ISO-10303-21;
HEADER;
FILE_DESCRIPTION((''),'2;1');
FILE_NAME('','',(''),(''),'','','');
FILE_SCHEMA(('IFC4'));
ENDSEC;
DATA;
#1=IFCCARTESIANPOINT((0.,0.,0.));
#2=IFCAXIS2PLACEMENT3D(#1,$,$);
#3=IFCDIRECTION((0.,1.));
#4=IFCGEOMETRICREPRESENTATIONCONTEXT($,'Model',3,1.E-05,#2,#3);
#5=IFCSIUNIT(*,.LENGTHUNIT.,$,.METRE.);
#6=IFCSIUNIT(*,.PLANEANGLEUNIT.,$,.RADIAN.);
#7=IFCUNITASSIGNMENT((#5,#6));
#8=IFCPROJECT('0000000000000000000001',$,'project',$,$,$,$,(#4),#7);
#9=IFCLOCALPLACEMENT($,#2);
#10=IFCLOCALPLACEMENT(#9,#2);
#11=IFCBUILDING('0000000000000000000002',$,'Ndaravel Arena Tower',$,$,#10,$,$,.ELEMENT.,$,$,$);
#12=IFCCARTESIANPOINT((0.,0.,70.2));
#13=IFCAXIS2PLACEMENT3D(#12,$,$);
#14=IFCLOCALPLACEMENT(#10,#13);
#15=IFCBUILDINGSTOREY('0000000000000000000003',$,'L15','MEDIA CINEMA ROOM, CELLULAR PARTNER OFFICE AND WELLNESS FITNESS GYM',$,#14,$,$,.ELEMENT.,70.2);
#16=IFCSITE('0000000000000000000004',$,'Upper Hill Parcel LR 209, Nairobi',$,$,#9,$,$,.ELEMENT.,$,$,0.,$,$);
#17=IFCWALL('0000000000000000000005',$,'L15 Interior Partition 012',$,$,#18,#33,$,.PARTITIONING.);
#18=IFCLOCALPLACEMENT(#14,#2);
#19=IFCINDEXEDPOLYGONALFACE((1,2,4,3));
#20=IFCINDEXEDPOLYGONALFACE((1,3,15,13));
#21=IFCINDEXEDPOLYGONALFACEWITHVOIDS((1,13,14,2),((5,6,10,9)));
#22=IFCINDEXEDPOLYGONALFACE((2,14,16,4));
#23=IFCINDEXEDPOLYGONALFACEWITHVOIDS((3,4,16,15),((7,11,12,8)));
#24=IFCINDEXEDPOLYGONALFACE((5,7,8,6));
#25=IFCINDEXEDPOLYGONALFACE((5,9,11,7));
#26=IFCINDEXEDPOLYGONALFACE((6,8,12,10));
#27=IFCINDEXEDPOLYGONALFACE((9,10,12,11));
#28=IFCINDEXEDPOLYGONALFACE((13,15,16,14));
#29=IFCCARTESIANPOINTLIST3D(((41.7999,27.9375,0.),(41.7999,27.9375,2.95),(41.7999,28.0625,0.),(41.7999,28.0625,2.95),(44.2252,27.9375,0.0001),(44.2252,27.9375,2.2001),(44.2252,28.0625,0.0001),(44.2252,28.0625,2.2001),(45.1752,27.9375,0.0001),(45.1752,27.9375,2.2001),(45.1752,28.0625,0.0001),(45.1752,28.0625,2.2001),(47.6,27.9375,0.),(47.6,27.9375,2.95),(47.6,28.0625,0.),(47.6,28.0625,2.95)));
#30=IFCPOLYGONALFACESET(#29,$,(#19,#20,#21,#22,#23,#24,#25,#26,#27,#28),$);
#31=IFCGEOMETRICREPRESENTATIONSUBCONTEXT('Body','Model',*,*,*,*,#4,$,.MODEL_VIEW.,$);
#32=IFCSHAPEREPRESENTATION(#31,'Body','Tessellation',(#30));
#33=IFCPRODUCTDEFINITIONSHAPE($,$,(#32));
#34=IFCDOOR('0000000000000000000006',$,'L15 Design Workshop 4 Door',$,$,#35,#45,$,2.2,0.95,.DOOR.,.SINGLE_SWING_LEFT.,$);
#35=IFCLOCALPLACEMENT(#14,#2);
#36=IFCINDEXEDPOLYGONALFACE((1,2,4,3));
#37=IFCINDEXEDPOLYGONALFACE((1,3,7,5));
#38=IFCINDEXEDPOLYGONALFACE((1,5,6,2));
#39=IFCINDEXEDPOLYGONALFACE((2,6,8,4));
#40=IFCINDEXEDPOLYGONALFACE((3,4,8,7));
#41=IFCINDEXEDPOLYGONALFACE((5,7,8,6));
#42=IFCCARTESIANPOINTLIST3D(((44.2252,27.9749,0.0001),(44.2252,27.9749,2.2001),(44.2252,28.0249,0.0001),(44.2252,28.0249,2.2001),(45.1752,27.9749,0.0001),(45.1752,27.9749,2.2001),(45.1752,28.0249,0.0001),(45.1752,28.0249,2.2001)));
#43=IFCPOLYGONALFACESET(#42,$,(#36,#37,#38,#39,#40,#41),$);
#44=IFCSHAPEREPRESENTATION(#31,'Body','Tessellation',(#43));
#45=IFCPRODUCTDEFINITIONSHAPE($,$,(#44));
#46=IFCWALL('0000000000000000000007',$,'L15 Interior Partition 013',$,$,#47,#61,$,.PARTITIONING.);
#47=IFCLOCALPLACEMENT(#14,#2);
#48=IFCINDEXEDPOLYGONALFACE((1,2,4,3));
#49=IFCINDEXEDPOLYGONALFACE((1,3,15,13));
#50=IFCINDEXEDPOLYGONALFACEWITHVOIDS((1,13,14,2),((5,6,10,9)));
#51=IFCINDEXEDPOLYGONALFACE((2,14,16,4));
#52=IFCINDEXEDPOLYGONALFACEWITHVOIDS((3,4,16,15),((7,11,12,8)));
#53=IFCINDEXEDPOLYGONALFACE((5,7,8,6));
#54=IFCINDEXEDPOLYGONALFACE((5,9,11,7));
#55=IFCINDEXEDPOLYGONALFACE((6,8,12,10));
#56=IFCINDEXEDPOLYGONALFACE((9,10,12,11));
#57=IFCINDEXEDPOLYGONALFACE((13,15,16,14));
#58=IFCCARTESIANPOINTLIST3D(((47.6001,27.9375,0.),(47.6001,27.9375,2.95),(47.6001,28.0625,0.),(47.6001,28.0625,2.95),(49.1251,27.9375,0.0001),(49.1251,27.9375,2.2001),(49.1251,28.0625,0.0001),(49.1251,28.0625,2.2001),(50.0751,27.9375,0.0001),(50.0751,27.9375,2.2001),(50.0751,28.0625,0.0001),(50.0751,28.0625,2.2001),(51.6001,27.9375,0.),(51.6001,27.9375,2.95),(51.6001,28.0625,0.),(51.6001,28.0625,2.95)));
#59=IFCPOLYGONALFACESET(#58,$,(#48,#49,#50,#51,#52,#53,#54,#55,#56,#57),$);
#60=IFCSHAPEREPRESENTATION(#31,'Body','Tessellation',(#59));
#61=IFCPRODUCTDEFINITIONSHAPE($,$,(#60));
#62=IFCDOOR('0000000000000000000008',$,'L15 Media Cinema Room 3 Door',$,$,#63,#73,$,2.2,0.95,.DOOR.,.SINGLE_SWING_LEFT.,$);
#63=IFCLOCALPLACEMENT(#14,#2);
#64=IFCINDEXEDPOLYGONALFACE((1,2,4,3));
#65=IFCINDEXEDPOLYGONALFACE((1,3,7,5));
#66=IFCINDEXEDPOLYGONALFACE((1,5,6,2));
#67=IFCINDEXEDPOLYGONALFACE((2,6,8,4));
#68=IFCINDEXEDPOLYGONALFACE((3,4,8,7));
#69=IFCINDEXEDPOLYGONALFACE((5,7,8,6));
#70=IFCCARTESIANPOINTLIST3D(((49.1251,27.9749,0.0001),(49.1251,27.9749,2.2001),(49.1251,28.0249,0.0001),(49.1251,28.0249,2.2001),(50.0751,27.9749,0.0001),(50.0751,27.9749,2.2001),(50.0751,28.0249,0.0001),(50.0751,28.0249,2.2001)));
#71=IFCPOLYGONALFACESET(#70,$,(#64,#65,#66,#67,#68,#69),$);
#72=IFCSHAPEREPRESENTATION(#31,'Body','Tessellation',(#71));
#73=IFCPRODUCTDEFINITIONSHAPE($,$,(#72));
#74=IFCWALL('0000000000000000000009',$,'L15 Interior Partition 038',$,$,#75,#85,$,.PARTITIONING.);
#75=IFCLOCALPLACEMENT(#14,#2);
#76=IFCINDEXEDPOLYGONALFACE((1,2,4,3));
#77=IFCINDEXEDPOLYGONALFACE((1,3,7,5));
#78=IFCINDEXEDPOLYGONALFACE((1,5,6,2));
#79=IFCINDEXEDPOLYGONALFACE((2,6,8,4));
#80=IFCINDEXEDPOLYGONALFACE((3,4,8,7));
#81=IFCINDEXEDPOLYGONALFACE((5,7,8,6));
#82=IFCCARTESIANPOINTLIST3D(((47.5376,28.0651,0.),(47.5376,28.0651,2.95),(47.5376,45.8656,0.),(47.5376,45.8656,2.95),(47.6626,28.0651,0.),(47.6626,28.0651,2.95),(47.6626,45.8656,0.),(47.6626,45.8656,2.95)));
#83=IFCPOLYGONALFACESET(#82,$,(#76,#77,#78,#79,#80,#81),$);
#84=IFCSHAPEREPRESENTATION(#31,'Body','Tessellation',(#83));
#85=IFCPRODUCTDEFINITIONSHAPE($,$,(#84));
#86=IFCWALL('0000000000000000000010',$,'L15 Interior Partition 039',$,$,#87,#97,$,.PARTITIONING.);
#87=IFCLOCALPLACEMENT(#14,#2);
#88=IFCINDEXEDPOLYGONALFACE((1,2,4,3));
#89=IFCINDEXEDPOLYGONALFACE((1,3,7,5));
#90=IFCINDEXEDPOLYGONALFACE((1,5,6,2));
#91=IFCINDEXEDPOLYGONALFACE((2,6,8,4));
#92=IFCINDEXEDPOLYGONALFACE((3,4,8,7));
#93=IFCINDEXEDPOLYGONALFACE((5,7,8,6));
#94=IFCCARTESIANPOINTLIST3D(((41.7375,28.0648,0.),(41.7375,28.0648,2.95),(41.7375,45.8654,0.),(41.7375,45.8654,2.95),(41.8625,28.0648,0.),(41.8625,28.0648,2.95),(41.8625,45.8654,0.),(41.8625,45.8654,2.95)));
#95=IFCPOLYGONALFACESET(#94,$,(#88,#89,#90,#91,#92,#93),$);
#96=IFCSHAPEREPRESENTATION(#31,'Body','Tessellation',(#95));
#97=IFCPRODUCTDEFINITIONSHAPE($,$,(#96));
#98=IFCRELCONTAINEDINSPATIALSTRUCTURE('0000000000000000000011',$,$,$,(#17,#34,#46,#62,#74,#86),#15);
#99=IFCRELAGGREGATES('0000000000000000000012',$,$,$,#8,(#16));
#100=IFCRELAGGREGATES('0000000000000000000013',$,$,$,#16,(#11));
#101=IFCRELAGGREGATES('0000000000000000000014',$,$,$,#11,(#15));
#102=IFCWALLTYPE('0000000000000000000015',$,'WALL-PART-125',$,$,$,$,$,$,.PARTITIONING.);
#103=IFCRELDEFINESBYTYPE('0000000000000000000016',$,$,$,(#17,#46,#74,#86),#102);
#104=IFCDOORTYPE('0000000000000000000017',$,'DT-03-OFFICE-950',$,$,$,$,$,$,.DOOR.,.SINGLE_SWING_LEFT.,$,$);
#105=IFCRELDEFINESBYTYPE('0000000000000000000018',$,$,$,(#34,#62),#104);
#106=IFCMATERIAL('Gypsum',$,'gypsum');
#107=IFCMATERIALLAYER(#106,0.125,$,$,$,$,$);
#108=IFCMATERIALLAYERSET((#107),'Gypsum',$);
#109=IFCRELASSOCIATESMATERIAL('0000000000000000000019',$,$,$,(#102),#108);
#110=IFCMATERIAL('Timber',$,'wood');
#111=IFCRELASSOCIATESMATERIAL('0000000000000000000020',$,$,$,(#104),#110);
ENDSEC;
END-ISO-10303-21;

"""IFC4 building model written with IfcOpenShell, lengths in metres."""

from ifc_helpers import new_model, si_unit, direction, frame, frame_2d, origin, place, context, subcontext, project, spatial, rectangle, extrude, material, layer, layer_set, type_object, element, fill, save


model = new_model("IFC4")

# Units and contexts
model_context = context("Model", 3, precision=1e-05, world=origin(), true_north=direction((0.0, 1.0)))
body_context = subcontext(model_context, "Body", "Model", "MODEL_VIEW")
ifc_project = project(units=[si_unit("LENGTHUNIT", "METRE"), si_unit("PLANEANGLEUNIT", "RADIAN")], contexts=[model_context])

# Site, building, storey
site_placement = place(None, origin())
site = spatial("IfcSite", under=ifc_project, at=site_placement, Name="Upper Hill Parcel LR 209, Nairobi", CompositionType="ELEMENT", RefElevation=0.0)
building_placement = place(site_placement, origin())
building = spatial("IfcBuilding", under=site, at=building_placement, Name="Ndaravel Arena Tower", CompositionType="ELEMENT")
storey_placement = place(building_placement, frame((0.0, 0.0, 70.2)))
storey = spatial("IfcBuildingStorey", under=building, at=storey_placement, Name="L15", Description="MEDIA CINEMA ROOM, CELLULAR PARTNER OFFICE AND WELLNESS FITNESS GYM", CompositionType="ELEMENT", Elevation=70.2)

# Walls, openings, doors
ifc_material_1 = material(Name="Gypsum", Category="gypsum")
ifc_layer_1 = layer(ifc_material_1, 0.125)
ifc_layer_set_1 = layer_set([ifc_layer_1], Name="Gypsum")
wall_type = type_object("IfcWallType", Name="WALL-PART-125", PredefinedType="PARTITIONING", material=ifc_layer_set_1)
wall_1_placement = place(storey_placement, frame((41.8, 28.0, 0.0), z_axis=(0.0, 0.0, 1.0), x_axis=(1.0, 0.0, 0.0)))
wall_1 = element("IfcWall", 1, at=wall_1_placement, inside=storey, type_object=wall_type, Name="L15 Interior Partition 012", PredefinedType="PARTITIONING", context=body_context, shape_type="SweptSolid", body=[
    extrude(rectangle(XDim=5.8, YDim=0.125, at=frame_2d((2.8999, 0.0))), origin(), (0.0, 0.0, 1.0), 2.95),
])
opening_1_placement = place(wall_1_placement, frame((2.425, 0.0, 0.0)))
opening_1 = element("IfcOpeningElement", 2, at=opening_1_placement, cuts=wall_1, PredefinedType="OPENING", context=body_context, shape_type="SweptSolid", body=[
    extrude(rectangle(XDim=0.95, YDim=2.2, at=frame_2d((0.4751, 1.1001))), frame((0.0, 0.0625, 0.0), z_axis=(0.0, -1.0, 0.0), x_axis=(1.0, 0.0, 0.0)), (0.0, 0.0, 1.0), 0.125),
])
ifc_material_2 = material(Name="Timber", Category="wood")
door_type = type_object("IfcDoorType", Name="DT-03-OFFICE-950", OperationType="SINGLE_SWING_LEFT", PredefinedType="DOOR", material=ifc_material_2)
door_1_placement = place(opening_1_placement, origin())
door_1 = element("IfcDoor", 3, at=door_1_placement, inside=storey, type_object=door_type, Name="L15 Design Workshop 4 Door", OperationType="SINGLE_SWING_LEFT", OverallHeight=2.2, OverallWidth=0.95, PredefinedType="DOOR", context=body_context, shape_type="SweptSolid", body=[
    extrude(rectangle(XDim=0.95, YDim=2.2, at=frame_2d((0.4751, 1.1001))), frame((0.0, 0.0249, 0.0), z_axis=(0.0, -1.0, 0.0), x_axis=(1.0, 0.0, 0.0)), (0.0, 0.0, 1.0), 0.05),
])
fill(opening_1, door_1)
wall_2_placement = place(storey_placement, frame((47.6001, 28.0, 0.0), z_axis=(0.0, 0.0, 1.0), x_axis=(1.0, 0.0, 0.0)))
wall_2 = element("IfcWall", 4, at=wall_2_placement, inside=storey, type_object=wall_type, Name="L15 Interior Partition 013", PredefinedType="PARTITIONING", context=body_context, shape_type="SweptSolid", body=[
    extrude(rectangle(XDim=4.0, YDim=0.125, at=frame_2d((2.0, 0.0))), origin(), (0.0, 0.0, 1.0), 2.95),
])
opening_2_placement = place(wall_2_placement, frame((1.5249, 0.0, 0.0)))
opening_2 = element("IfcOpeningElement", 5, at=opening_2_placement, cuts=wall_2, PredefinedType="OPENING", context=body_context, shape_type="SweptSolid", body=[
    extrude(rectangle(XDim=0.95, YDim=2.2, at=frame_2d((0.4751, 1.1001))), frame((0.0, 0.0625, 0.0), z_axis=(0.0, -1.0, 0.0), x_axis=(1.0, 0.0, 0.0)), (0.0, 0.0, 1.0), 0.125),
])
door_2_placement = place(opening_2_placement, origin())
door_2 = element("IfcDoor", 6, at=door_2_placement, inside=storey, type_object=door_type, Name="L15 Media Cinema Room 3 Door", OperationType="SINGLE_SWING_LEFT", OverallHeight=2.2, OverallWidth=0.95, PredefinedType="DOOR", context=body_context, shape_type="SweptSolid", body=[
    extrude(rectangle(XDim=0.95, YDim=2.2, at=frame_2d((0.4751, 1.1001))), frame((0.0, 0.0249, 0.0), z_axis=(0.0, -1.0, 0.0), x_axis=(1.0, 0.0, 0.0)), (0.0, 0.0, 1.0), 0.05),
])
fill(opening_2, door_2)

# Walls
for number, where, z_axis, x_axis, name in (
    (7, (47.6001, 28.0649, 0.0), (0.0, 0.0, 1.0), (0.0, 1.0, 0.0), "L15 Interior Partition 038"),
    (8, (41.8, 45.8655, 0.0), (0.0, 0.0, 1.0), (0.0, -1.0, 0.0), "L15 Interior Partition 039"),
):
    element("IfcWall", number, at=place(storey_placement, frame(where, z_axis=z_axis, x_axis=x_axis)), inside=storey, type_object=wall_type, Name=name, PredefinedType="PARTITIONING", context=body_context, shape_type="SweptSolid", body=[
        extrude(rectangle(XDim=17.8005, YDim=0.125, at=frame_2d((8.9004, 0.0))), origin(), (0.0, 0.0, 1.0), 2.95),
    ])

save(model, "model.ifc")
